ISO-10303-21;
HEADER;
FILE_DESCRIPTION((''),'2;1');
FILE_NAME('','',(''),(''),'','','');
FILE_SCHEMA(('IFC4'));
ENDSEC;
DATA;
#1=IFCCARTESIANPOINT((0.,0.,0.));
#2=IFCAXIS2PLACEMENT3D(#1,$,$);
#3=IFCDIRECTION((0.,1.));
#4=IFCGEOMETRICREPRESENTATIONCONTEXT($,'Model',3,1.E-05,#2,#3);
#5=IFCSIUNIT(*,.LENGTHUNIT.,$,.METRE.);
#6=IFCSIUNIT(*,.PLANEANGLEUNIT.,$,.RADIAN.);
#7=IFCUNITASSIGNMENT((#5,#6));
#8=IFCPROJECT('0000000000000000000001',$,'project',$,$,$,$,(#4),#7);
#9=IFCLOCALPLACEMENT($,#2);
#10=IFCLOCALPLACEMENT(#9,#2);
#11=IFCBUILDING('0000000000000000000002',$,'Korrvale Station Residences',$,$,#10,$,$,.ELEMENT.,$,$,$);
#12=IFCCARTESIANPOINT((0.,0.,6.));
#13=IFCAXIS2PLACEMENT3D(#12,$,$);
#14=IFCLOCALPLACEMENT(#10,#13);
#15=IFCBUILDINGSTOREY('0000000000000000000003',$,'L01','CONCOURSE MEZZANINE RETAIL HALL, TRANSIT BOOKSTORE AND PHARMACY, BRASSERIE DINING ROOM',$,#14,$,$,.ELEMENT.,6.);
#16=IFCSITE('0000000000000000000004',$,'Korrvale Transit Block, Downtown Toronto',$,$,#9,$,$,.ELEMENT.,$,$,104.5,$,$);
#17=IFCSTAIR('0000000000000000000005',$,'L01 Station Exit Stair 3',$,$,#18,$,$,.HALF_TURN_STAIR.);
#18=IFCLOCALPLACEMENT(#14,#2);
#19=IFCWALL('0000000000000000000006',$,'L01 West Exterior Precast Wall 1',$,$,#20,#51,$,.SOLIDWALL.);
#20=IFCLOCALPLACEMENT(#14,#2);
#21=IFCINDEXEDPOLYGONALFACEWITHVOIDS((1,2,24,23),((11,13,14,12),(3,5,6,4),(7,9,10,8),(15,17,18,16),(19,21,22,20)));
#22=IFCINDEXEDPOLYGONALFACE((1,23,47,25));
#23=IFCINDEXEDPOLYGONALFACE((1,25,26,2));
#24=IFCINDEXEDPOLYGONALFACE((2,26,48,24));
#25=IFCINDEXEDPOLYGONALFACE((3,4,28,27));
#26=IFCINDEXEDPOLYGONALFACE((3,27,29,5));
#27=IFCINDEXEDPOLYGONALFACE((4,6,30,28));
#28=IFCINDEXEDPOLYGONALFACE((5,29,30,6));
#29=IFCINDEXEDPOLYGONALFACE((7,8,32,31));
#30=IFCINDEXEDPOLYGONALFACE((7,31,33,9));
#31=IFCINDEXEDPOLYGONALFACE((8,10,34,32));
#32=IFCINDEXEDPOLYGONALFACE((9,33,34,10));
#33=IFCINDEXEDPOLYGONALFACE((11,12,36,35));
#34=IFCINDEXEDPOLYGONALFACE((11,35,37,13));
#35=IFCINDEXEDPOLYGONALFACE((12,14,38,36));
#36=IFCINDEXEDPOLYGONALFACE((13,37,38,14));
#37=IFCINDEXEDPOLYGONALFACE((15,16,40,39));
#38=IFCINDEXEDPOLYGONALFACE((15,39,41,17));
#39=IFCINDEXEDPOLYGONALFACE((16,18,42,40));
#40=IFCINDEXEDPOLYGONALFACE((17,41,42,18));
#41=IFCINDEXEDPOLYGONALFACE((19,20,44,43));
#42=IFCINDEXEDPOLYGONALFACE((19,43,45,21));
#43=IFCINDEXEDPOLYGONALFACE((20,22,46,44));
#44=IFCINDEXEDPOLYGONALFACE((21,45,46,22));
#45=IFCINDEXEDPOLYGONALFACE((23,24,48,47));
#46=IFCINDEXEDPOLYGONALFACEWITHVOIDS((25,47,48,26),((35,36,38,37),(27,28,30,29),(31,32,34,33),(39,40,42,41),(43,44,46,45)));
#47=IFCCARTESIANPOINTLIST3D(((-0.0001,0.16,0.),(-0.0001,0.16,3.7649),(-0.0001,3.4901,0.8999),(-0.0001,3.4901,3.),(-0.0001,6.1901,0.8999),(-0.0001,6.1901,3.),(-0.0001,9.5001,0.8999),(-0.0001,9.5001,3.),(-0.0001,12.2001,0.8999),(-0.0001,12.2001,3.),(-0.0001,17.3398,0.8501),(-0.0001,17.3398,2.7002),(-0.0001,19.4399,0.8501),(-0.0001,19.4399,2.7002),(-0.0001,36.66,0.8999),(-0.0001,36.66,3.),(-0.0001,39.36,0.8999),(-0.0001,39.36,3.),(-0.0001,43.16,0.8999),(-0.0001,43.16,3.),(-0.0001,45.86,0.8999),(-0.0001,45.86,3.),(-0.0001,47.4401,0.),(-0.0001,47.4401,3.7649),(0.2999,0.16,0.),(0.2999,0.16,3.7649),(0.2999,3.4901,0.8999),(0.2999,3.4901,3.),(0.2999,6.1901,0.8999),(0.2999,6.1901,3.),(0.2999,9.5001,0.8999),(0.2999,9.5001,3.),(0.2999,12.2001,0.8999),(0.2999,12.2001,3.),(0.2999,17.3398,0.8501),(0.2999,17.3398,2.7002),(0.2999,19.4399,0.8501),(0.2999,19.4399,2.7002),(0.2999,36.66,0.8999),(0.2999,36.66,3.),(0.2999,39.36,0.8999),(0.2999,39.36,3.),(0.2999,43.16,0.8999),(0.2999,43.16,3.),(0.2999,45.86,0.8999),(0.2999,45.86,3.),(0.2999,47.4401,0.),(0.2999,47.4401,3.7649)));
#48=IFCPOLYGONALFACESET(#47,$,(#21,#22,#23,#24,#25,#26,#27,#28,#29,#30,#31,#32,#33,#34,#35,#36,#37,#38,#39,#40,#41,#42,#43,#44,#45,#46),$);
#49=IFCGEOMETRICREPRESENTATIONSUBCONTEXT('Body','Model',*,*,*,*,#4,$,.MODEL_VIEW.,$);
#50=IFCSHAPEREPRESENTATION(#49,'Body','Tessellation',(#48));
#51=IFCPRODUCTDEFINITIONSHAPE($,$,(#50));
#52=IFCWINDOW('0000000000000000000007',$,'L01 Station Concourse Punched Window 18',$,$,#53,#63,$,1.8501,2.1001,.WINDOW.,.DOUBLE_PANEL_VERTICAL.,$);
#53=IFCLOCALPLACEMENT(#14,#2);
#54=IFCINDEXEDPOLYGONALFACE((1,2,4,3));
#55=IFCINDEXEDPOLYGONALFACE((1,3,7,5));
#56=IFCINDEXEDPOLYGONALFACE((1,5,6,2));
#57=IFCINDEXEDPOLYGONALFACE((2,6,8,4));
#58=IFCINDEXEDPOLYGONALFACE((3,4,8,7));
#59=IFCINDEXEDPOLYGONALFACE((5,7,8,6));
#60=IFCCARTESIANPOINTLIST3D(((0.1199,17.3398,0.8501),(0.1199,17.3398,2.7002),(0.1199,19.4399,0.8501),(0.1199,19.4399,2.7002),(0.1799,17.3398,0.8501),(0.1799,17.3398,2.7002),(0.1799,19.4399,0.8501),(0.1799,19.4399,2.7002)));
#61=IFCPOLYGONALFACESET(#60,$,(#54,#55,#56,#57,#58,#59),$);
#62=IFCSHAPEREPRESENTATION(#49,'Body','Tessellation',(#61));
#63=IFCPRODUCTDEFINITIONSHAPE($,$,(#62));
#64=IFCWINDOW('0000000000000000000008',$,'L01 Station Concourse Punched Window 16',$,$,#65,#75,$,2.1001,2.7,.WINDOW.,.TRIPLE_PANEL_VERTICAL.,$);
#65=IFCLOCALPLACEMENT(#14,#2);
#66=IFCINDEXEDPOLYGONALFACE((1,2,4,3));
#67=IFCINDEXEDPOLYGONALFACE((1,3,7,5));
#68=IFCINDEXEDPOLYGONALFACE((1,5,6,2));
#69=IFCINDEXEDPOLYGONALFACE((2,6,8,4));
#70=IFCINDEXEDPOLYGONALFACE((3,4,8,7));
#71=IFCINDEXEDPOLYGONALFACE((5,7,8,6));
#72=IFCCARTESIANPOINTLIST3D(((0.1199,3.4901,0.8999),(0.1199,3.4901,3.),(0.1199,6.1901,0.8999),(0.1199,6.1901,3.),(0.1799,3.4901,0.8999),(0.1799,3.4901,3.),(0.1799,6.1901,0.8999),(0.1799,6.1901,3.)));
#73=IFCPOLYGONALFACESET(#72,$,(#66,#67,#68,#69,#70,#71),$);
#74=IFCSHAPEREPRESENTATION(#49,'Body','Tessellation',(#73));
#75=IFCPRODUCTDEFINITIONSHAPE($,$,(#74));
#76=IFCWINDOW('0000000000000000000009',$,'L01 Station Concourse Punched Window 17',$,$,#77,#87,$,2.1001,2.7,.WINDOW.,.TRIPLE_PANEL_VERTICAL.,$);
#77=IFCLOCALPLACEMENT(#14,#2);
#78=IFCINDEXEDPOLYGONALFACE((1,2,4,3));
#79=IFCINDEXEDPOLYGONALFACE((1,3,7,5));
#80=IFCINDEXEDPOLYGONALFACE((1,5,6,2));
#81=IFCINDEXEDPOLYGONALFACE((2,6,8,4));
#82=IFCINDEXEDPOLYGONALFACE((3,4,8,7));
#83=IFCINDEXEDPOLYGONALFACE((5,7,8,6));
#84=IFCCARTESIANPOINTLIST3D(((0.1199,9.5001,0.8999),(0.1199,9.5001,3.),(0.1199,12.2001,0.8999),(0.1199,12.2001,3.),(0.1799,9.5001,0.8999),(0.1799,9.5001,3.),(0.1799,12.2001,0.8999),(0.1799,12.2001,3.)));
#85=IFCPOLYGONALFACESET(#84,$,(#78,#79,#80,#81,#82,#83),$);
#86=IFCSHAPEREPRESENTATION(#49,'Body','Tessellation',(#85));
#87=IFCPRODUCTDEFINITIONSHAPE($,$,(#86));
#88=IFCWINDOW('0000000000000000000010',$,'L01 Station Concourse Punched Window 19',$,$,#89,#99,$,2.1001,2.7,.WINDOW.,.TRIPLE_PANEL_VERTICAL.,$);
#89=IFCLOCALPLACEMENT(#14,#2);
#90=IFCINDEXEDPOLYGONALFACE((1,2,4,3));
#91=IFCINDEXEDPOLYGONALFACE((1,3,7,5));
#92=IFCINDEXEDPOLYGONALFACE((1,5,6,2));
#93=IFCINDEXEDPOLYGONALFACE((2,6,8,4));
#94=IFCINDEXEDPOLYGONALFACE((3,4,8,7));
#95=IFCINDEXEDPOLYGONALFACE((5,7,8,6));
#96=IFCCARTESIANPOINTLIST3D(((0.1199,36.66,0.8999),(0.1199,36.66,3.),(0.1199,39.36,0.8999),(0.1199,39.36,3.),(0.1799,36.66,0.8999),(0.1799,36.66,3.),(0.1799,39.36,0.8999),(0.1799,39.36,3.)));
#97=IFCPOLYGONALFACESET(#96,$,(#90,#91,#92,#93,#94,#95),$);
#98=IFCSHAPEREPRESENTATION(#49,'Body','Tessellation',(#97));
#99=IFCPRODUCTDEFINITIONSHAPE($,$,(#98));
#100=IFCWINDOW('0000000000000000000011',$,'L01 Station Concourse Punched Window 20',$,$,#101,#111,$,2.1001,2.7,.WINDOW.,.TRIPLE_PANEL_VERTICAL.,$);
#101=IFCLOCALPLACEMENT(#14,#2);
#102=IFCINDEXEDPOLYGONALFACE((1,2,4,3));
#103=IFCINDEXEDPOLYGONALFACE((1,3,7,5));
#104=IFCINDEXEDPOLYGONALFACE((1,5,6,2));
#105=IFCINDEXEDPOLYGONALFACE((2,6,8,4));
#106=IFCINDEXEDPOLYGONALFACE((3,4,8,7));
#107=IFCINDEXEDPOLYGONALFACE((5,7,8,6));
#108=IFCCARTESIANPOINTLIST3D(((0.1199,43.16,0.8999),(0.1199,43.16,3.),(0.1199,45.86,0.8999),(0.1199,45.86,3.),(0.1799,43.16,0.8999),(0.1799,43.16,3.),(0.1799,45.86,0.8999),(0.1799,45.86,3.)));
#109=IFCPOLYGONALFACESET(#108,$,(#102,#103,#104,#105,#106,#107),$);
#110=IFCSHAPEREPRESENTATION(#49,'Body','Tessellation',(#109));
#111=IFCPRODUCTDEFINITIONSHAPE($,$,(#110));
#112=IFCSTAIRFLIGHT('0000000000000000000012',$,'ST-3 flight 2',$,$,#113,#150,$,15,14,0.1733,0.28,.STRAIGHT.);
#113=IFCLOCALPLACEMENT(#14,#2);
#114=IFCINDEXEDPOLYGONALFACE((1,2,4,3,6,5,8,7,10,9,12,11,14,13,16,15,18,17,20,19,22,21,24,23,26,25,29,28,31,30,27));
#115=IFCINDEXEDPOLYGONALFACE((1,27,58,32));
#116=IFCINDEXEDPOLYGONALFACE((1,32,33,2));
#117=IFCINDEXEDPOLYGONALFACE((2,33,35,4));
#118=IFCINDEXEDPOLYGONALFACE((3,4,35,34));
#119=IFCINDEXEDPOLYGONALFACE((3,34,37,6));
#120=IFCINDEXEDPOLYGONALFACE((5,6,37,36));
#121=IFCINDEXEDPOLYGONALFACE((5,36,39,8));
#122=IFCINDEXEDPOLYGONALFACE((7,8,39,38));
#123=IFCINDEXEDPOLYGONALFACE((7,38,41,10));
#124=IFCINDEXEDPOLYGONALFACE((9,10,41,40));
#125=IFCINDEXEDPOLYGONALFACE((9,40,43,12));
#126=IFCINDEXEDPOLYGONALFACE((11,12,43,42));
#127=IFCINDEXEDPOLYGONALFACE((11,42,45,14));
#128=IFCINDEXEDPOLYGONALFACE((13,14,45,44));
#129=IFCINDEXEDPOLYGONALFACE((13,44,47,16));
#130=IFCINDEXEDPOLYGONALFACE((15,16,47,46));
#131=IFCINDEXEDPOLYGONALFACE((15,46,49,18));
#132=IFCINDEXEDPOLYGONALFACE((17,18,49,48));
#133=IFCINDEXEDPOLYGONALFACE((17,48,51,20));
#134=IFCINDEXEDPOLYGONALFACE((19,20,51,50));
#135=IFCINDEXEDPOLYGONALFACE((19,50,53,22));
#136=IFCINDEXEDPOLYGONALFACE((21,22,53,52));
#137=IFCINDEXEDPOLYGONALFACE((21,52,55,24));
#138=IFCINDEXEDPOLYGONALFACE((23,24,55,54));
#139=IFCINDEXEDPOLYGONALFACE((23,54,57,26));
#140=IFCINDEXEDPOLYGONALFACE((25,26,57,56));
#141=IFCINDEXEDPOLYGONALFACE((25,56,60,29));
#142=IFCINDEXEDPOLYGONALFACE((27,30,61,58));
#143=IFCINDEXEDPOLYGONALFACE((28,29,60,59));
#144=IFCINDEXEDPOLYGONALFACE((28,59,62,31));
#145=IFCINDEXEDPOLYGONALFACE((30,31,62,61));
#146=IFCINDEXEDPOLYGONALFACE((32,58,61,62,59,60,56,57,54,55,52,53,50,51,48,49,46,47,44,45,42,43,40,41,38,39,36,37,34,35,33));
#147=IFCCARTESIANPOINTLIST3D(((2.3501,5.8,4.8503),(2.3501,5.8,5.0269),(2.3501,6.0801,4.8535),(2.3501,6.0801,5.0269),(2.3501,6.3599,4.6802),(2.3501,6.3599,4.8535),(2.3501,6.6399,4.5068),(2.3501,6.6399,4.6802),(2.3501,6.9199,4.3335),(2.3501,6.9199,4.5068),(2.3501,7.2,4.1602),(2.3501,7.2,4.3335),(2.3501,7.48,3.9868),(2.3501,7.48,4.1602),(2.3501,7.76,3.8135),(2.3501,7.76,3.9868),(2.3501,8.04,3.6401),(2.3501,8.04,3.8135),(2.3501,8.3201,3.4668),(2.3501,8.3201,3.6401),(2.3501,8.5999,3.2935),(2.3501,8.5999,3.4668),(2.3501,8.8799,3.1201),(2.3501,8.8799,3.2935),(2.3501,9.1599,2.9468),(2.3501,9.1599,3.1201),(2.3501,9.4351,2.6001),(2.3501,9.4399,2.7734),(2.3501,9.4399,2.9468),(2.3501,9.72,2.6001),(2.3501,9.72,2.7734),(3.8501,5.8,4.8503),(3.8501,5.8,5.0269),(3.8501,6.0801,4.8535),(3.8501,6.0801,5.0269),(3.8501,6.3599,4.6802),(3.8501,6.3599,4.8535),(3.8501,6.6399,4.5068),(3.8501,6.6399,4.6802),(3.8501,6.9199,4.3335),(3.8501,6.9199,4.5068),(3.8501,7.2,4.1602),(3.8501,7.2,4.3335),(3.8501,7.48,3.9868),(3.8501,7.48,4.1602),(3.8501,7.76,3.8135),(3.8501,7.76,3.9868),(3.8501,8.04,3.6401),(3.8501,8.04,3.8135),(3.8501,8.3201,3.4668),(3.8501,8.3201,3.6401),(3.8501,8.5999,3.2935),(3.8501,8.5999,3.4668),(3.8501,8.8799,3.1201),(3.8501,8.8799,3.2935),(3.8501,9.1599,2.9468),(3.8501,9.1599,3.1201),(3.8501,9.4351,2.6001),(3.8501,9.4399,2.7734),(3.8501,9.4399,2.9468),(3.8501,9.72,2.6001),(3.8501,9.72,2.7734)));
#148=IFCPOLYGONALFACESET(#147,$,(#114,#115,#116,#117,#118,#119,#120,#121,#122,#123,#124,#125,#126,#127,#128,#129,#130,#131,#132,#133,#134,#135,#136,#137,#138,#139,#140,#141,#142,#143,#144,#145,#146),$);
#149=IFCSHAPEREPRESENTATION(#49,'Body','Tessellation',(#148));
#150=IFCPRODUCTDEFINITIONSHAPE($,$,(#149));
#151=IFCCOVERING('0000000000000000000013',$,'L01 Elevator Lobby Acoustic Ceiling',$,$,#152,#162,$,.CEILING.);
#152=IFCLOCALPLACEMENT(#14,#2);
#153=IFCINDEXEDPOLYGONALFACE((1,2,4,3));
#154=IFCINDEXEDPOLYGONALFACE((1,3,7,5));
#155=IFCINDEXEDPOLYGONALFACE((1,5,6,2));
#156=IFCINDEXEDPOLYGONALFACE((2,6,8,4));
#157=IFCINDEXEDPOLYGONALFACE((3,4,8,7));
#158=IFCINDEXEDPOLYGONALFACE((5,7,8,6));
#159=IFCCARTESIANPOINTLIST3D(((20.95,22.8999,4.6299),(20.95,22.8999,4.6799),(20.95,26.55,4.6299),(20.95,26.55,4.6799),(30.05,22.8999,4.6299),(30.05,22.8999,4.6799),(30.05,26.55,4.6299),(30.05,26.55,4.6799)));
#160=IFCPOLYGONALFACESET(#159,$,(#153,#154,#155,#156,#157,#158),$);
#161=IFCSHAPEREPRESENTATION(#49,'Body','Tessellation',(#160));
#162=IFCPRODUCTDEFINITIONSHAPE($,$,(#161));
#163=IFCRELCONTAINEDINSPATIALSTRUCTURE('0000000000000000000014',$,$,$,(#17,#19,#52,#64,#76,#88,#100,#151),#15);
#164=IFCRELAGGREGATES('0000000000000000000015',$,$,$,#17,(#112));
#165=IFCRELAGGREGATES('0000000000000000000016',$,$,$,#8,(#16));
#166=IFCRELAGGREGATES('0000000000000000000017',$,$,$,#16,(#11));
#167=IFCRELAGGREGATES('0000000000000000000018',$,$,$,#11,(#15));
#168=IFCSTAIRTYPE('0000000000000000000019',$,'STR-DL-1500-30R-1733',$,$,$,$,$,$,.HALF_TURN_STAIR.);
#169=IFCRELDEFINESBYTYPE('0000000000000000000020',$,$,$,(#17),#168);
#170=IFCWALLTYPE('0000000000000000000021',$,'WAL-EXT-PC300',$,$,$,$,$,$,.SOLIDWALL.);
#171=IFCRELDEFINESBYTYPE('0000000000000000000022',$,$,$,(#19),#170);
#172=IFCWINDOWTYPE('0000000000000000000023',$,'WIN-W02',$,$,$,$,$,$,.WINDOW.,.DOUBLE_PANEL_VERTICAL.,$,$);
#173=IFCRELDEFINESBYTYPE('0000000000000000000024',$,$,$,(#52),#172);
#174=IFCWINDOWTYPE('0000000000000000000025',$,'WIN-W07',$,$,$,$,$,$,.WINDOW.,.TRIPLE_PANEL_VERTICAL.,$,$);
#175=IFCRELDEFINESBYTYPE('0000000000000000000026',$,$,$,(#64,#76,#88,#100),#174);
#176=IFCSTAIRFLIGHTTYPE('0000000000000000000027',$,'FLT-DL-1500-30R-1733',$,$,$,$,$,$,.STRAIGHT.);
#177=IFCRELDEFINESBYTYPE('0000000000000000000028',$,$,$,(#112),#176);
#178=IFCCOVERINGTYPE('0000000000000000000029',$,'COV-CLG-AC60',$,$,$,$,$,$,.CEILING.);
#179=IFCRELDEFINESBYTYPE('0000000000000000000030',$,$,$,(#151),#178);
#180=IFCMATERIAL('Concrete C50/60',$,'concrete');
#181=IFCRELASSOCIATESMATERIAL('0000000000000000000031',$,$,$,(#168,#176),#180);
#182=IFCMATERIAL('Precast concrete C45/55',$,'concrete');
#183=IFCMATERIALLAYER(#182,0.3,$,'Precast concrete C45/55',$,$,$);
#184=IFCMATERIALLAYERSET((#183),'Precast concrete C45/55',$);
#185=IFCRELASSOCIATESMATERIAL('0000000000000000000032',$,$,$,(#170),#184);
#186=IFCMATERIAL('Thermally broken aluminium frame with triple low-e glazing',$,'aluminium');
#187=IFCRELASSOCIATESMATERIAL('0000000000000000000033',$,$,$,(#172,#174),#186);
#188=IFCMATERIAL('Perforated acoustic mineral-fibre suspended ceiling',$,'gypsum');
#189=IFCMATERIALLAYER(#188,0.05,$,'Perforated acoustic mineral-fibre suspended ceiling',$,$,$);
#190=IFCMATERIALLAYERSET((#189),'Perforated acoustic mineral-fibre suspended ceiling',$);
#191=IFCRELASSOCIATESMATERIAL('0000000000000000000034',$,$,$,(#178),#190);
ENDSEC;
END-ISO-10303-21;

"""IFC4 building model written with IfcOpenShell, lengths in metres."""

from ifc_helpers import new_model, si_unit, direction, frame, frame_2d, origin, place, context, subcontext, project, spatial, polyline, rectangle, outline, extrude, material, layer, layer_set, type_object, element, fill, aggregate, save


model = new_model("IFC4")

# Units and contexts
model_context = context("Model", 3, precision=1e-05, world=origin(), true_north=direction((0.0, 1.0)))
body_context = subcontext(model_context, "Body", "Model", "MODEL_VIEW")
ifc_project = project(units=[si_unit("LENGTHUNIT", "METRE"), si_unit("PLANEANGLEUNIT", "RADIAN")], contexts=[model_context])

# Site, building, storey
site_placement = place(None, origin())
site = spatial("IfcSite", under=ifc_project, at=site_placement, Name="Korrvale Transit Block, Downtown Toronto", CompositionType="ELEMENT", RefElevation=104.5)
building_placement = place(site_placement, origin())
building = spatial("IfcBuilding", under=site, at=building_placement, Name="Korrvale Station Residences", CompositionType="ELEMENT")
storey_placement = place(building_placement, frame((0.0, 0.0, 6.0)))
storey = spatial("IfcBuildingStorey", under=building, at=storey_placement, Name="L01", Description="CONCOURSE MEZZANINE RETAIL HALL, TRANSIT BOOKSTORE AND PHARMACY, BRASSERIE DINING ROOM", CompositionType="ELEMENT", Elevation=6.0)

# Shared definitions
ifc_material_1 = material(Name="Concrete C50/60", Category="concrete")

# Stair
stair_type_1 = type_object("IfcStairType", Name="STR-DL-1500-30R-1733", PredefinedType="HALF_TURN_STAIR", material=ifc_material_1)
stair_1_placement = place(storey_placement, origin())
stair_1 = element("IfcStair", 1, at=stair_1_placement, inside=storey, type_object=stair_type_1, Name="L01 Station Exit Stair 3", PredefinedType="HALF_TURN_STAIR")

# Wall, openings, windows
ifc_material_2 = material(Name="Precast concrete C45/55", Category="concrete")
ifc_layer_1 = layer(ifc_material_2, 0.3, Name="Precast concrete C45/55")
ifc_layer_set_1 = layer_set([ifc_layer_1], Name="Precast concrete C45/55")
wall_type_1 = type_object("IfcWallType", Name="WAL-EXT-PC300", PredefinedType="SOLIDWALL", material=ifc_layer_set_1)
wall_1_placement = place(storey_placement, frame((0.1499, 0.1599, 0.0), z_axis=(0.0, 0.0, 1.0), x_axis=(0.0, 1.0, 0.0)))
wall_1 = element("IfcWall", 2, at=wall_1_placement, inside=storey, type_object=wall_type_1, Name="L01 West Exterior Precast Wall 1", PredefinedType="SOLIDWALL", context=body_context, shape_type="SweptSolid", body=[
    extrude(rectangle(XDim=47.28, YDim=0.3, at=frame_2d((23.6401, 0.0))), origin(), (0.0, 0.0, 1.0), 3.7649),
])
opening_1_placement = place(wall_1_placement, frame((3.3301, 0.0, 0.8999)))
opening_1 = element("IfcOpeningElement", 3, at=opening_1_placement, cuts=wall_1, PredefinedType="OPENING", context=body_context, shape_type="SweptSolid", body=[
    extrude(rectangle(XDim=2.7, YDim=2.1001, at=frame_2d((1.3501, 1.05))), frame((0.0, 0.1602, 0.0), z_axis=(0.0, -1.0, 0.0), x_axis=(1.0, 0.0, 0.0)), (0.0, 0.0, 1.0), 0.3201),
])
opening_2_placement = place(wall_1_placement, frame((9.3401, 0.0, 0.8999)))
opening_2 = element("IfcOpeningElement", 4, at=opening_2_placement, cuts=wall_1, PredefinedType="OPENING", context=body_context, shape_type="SweptSolid", body=[
    extrude(rectangle(XDim=2.7, YDim=2.1001, at=frame_2d((1.3501, 1.05))), frame((0.0, 0.1602, 0.0), z_axis=(0.0, -1.0, 0.0), x_axis=(1.0, 0.0, 0.0)), (0.0, 0.0, 1.0), 0.3201),
])
opening_3_placement = place(wall_1_placement, frame((17.1799, 0.0, 0.8501)))
opening_3 = element("IfcOpeningElement", 5, at=opening_3_placement, cuts=wall_1, PredefinedType="OPENING", context=body_context, shape_type="SweptSolid", body=[
    extrude(rectangle(XDim=2.1001, YDim=1.8501, at=frame_2d((1.05, 0.925))), frame((0.0, 0.1602, 0.0), z_axis=(0.0, -1.0, 0.0), x_axis=(1.0, 0.0, 0.0)), (0.0, 0.0, 1.0), 0.3201),
])
opening_4_placement = place(wall_1_placement, frame((36.5, 0.0, 0.8999)))
opening_4 = element("IfcOpeningElement", 6, at=opening_4_placement, cuts=wall_1, PredefinedType="OPENING", context=body_context, shape_type="SweptSolid", body=[
    extrude(rectangle(XDim=2.7, YDim=2.1001, at=frame_2d((1.3501, 1.05))), frame((0.0, 0.1602, 0.0), z_axis=(0.0, -1.0, 0.0), x_axis=(1.0, 0.0, 0.0)), (0.0, 0.0, 1.0), 0.3201),
])
opening_5_placement = place(wall_1_placement, frame((43.0, 0.0, 0.8999)))
opening_5 = element("IfcOpeningElement", 7, at=opening_5_placement, cuts=wall_1, PredefinedType="OPENING", context=body_context, shape_type="SweptSolid", body=[
    extrude(rectangle(XDim=2.7, YDim=2.1001, at=frame_2d((1.3501, 1.05))), frame((0.0, 0.1602, 0.0), z_axis=(0.0, -1.0, 0.0), x_axis=(1.0, 0.0, 0.0)), (0.0, 0.0, 1.0), 0.3201),
])
ifc_material_3 = material(Name="Thermally broken aluminium frame with triple low-e glazing", Category="aluminium")
window_type_1 = type_object("IfcWindowType", Name="WIN-W02", PartitioningType="DOUBLE_PANEL_VERTICAL", PredefinedType="WINDOW", material=ifc_material_3)
window_1_placement = place(opening_3_placement, origin())
window_1 = element("IfcWindow", 8, at=window_1_placement, inside=storey, type_object=window_type_1, Name="L01 Station Concourse Punched Window 18", OverallHeight=1.8501, OverallWidth=2.1001, PartitioningType="DOUBLE_PANEL_VERTICAL", PredefinedType="WINDOW", context=body_context, shape_type="SweptSolid", body=[
    extrude(rectangle(XDim=2.1001, YDim=1.8501, at=frame_2d((1.05, 0.925))), frame((0.0, 0.03, 0.0), z_axis=(0.0, -1.0, 0.0), x_axis=(1.0, 0.0, 0.0)), (0.0, 0.0, 1.0), 0.0601),
])
fill(opening_3, window_1)
window_type_2 = type_object("IfcWindowType", Name="WIN-W07", PartitioningType="TRIPLE_PANEL_VERTICAL", PredefinedType="WINDOW", material=ifc_material_3)
window_2_placement = place(opening_1_placement, origin())
window_2 = element("IfcWindow", 9, at=window_2_placement, inside=storey, type_object=window_type_2, Name="L01 Station Concourse Punched Window 16", OverallHeight=2.1001, OverallWidth=2.7, PartitioningType="TRIPLE_PANEL_VERTICAL", PredefinedType="WINDOW", context=body_context, shape_type="SweptSolid", body=[
    extrude(rectangle(XDim=2.7, YDim=2.1001, at=frame_2d((1.3501, 1.05))), frame((0.0, 0.03, 0.0), z_axis=(0.0, -1.0, 0.0), x_axis=(1.0, 0.0, 0.0)), (0.0, 0.0, 1.0), 0.0601),
])
fill(opening_1, window_2)
window_3_placement = place(opening_2_placement, origin())
window_3 = element("IfcWindow", 10, at=window_3_placement, inside=storey, type_object=window_type_2, Name="L01 Station Concourse Punched Window 17", OverallHeight=2.1001, OverallWidth=2.7, PartitioningType="TRIPLE_PANEL_VERTICAL", PredefinedType="WINDOW", context=body_context, shape_type="SweptSolid", body=[
    extrude(rectangle(XDim=2.7, YDim=2.1001, at=frame_2d((1.3501, 1.05))), frame((0.0, 0.03, 0.0), z_axis=(0.0, -1.0, 0.0), x_axis=(1.0, 0.0, 0.0)), (0.0, 0.0, 1.0), 0.0601),
])
fill(opening_2, window_3)
window_4_placement = place(opening_4_placement, origin())
window_4 = element("IfcWindow", 11, at=window_4_placement, inside=storey, type_object=window_type_2, Name="L01 Station Concourse Punched Window 19", OverallHeight=2.1001, OverallWidth=2.7, PartitioningType="TRIPLE_PANEL_VERTICAL", PredefinedType="WINDOW", context=body_context, shape_type="SweptSolid", body=[
    extrude(rectangle(XDim=2.7, YDim=2.1001, at=frame_2d((1.3501, 1.05))), frame((0.0, 0.03, 0.0), z_axis=(0.0, -1.0, 0.0), x_axis=(1.0, 0.0, 0.0)), (0.0, 0.0, 1.0), 0.0601),
])
fill(opening_4, window_4)
window_5_placement = place(opening_5_placement, origin())
window_5 = element("IfcWindow", 12, at=window_5_placement, inside=storey, type_object=window_type_2, Name="L01 Station Concourse Punched Window 20", OverallHeight=2.1001, OverallWidth=2.7, PartitioningType="TRIPLE_PANEL_VERTICAL", PredefinedType="WINDOW", context=body_context, shape_type="SweptSolid", body=[
    extrude(rectangle(XDim=2.7, YDim=2.1001, at=frame_2d((1.3501, 1.05))), frame((0.0, 0.03, 0.0), z_axis=(0.0, -1.0, 0.0), x_axis=(1.0, 0.0, 0.0)), (0.0, 0.0, 1.0), 0.0601),
])
fill(opening_5, window_5)

# Stair flight
stair_flight_type = type_object("IfcStairFlightType", Name="FLT-DL-1500-30R-1733", PredefinedType="STRAIGHT", material=ifc_material_1)
stair_flight_placement = place(storey_placement, frame((3.1001, 9.72, 2.6001), z_axis=(0.0, 0.0, 1.0), x_axis=(0.0, -1.0, 0.0)))
stair_flight = element("IfcStairFlight", 13, at=stair_flight_placement, type_object=stair_flight_type, Name="ST-3 flight 2", NumberOfRisers=15, NumberOfTreads=14, PredefinedType="STRAIGHT", RiserHeight=0.1733, TreadLength=0.28, context=body_context, shape_type="SweptSolid", body=[
    extrude(outline(polyline([(0.0, 0.0), (0.0, 0.1733), (0.28, 0.1733), (0.28, 0.3467), (0.5601, 0.3467), (0.5601, 0.52), (0.8401, 0.52), (0.8401, 0.6934), (1.1201, 0.6934), (1.1201, 0.8667), (1.3999, 0.8667), (1.3999, 1.04), (1.6799, 1.04), (1.6799, 1.2134), (1.96, 1.2134), (1.96, 1.3867), (2.24, 1.3867), (2.24, 1.5601), (2.52, 1.5601), (2.52, 1.7334), (2.8, 1.7334), (2.8, 1.9067), (3.0801, 1.9067), (3.0801, 2.0801), (3.3601, 2.0801), (3.3601, 2.2534), (3.6399, 2.2534), (3.6399, 2.4268), (3.9199, 2.4268), (3.9199, 2.6001), (3.9199, 2.2502), (0.2849, 0.0), (0.0, 0.0)])), frame((0.0, 0.75, 0.0), z_axis=(0.0, -1.0, 0.0), x_axis=(1.0, 0.0, 0.0)), (0.0, 0.0, 1.0), 1.5),
])
aggregate(stair_1, [stair_flight])

# Covering
ifc_material_4 = material(Name="Perforated acoustic mineral-fibre suspended ceiling", Category="gypsum")
ifc_layer_2 = layer(ifc_material_4, 0.05, Name="Perforated acoustic mineral-fibre suspended ceiling")
ifc_layer_set_2 = layer_set([ifc_layer_2], Name="Perforated acoustic mineral-fibre suspended ceiling")
covering_type_1 = type_object("IfcCoveringType", Name="COV-CLG-AC60", PredefinedType="CEILING", material=ifc_layer_set_2)
covering_1_placement = place(storey_placement, frame((0.0, 0.0, 4.6299)))
element("IfcCovering", 14, at=covering_1_placement, inside=storey, type_object=covering_type_1, Name="L01 Elevator Lobby Acoustic Ceiling", PredefinedType="CEILING", context=body_context, shape_type="SweptSolid", body=[
    extrude(outline(polyline([(20.95, 22.8999), (30.05, 22.8999), (30.05, 26.55), (20.95, 26.55), (20.95, 22.8999)])), origin(), (0.0, 0.0, 1.0), 0.05),
])

save(model, "model.ifc")
